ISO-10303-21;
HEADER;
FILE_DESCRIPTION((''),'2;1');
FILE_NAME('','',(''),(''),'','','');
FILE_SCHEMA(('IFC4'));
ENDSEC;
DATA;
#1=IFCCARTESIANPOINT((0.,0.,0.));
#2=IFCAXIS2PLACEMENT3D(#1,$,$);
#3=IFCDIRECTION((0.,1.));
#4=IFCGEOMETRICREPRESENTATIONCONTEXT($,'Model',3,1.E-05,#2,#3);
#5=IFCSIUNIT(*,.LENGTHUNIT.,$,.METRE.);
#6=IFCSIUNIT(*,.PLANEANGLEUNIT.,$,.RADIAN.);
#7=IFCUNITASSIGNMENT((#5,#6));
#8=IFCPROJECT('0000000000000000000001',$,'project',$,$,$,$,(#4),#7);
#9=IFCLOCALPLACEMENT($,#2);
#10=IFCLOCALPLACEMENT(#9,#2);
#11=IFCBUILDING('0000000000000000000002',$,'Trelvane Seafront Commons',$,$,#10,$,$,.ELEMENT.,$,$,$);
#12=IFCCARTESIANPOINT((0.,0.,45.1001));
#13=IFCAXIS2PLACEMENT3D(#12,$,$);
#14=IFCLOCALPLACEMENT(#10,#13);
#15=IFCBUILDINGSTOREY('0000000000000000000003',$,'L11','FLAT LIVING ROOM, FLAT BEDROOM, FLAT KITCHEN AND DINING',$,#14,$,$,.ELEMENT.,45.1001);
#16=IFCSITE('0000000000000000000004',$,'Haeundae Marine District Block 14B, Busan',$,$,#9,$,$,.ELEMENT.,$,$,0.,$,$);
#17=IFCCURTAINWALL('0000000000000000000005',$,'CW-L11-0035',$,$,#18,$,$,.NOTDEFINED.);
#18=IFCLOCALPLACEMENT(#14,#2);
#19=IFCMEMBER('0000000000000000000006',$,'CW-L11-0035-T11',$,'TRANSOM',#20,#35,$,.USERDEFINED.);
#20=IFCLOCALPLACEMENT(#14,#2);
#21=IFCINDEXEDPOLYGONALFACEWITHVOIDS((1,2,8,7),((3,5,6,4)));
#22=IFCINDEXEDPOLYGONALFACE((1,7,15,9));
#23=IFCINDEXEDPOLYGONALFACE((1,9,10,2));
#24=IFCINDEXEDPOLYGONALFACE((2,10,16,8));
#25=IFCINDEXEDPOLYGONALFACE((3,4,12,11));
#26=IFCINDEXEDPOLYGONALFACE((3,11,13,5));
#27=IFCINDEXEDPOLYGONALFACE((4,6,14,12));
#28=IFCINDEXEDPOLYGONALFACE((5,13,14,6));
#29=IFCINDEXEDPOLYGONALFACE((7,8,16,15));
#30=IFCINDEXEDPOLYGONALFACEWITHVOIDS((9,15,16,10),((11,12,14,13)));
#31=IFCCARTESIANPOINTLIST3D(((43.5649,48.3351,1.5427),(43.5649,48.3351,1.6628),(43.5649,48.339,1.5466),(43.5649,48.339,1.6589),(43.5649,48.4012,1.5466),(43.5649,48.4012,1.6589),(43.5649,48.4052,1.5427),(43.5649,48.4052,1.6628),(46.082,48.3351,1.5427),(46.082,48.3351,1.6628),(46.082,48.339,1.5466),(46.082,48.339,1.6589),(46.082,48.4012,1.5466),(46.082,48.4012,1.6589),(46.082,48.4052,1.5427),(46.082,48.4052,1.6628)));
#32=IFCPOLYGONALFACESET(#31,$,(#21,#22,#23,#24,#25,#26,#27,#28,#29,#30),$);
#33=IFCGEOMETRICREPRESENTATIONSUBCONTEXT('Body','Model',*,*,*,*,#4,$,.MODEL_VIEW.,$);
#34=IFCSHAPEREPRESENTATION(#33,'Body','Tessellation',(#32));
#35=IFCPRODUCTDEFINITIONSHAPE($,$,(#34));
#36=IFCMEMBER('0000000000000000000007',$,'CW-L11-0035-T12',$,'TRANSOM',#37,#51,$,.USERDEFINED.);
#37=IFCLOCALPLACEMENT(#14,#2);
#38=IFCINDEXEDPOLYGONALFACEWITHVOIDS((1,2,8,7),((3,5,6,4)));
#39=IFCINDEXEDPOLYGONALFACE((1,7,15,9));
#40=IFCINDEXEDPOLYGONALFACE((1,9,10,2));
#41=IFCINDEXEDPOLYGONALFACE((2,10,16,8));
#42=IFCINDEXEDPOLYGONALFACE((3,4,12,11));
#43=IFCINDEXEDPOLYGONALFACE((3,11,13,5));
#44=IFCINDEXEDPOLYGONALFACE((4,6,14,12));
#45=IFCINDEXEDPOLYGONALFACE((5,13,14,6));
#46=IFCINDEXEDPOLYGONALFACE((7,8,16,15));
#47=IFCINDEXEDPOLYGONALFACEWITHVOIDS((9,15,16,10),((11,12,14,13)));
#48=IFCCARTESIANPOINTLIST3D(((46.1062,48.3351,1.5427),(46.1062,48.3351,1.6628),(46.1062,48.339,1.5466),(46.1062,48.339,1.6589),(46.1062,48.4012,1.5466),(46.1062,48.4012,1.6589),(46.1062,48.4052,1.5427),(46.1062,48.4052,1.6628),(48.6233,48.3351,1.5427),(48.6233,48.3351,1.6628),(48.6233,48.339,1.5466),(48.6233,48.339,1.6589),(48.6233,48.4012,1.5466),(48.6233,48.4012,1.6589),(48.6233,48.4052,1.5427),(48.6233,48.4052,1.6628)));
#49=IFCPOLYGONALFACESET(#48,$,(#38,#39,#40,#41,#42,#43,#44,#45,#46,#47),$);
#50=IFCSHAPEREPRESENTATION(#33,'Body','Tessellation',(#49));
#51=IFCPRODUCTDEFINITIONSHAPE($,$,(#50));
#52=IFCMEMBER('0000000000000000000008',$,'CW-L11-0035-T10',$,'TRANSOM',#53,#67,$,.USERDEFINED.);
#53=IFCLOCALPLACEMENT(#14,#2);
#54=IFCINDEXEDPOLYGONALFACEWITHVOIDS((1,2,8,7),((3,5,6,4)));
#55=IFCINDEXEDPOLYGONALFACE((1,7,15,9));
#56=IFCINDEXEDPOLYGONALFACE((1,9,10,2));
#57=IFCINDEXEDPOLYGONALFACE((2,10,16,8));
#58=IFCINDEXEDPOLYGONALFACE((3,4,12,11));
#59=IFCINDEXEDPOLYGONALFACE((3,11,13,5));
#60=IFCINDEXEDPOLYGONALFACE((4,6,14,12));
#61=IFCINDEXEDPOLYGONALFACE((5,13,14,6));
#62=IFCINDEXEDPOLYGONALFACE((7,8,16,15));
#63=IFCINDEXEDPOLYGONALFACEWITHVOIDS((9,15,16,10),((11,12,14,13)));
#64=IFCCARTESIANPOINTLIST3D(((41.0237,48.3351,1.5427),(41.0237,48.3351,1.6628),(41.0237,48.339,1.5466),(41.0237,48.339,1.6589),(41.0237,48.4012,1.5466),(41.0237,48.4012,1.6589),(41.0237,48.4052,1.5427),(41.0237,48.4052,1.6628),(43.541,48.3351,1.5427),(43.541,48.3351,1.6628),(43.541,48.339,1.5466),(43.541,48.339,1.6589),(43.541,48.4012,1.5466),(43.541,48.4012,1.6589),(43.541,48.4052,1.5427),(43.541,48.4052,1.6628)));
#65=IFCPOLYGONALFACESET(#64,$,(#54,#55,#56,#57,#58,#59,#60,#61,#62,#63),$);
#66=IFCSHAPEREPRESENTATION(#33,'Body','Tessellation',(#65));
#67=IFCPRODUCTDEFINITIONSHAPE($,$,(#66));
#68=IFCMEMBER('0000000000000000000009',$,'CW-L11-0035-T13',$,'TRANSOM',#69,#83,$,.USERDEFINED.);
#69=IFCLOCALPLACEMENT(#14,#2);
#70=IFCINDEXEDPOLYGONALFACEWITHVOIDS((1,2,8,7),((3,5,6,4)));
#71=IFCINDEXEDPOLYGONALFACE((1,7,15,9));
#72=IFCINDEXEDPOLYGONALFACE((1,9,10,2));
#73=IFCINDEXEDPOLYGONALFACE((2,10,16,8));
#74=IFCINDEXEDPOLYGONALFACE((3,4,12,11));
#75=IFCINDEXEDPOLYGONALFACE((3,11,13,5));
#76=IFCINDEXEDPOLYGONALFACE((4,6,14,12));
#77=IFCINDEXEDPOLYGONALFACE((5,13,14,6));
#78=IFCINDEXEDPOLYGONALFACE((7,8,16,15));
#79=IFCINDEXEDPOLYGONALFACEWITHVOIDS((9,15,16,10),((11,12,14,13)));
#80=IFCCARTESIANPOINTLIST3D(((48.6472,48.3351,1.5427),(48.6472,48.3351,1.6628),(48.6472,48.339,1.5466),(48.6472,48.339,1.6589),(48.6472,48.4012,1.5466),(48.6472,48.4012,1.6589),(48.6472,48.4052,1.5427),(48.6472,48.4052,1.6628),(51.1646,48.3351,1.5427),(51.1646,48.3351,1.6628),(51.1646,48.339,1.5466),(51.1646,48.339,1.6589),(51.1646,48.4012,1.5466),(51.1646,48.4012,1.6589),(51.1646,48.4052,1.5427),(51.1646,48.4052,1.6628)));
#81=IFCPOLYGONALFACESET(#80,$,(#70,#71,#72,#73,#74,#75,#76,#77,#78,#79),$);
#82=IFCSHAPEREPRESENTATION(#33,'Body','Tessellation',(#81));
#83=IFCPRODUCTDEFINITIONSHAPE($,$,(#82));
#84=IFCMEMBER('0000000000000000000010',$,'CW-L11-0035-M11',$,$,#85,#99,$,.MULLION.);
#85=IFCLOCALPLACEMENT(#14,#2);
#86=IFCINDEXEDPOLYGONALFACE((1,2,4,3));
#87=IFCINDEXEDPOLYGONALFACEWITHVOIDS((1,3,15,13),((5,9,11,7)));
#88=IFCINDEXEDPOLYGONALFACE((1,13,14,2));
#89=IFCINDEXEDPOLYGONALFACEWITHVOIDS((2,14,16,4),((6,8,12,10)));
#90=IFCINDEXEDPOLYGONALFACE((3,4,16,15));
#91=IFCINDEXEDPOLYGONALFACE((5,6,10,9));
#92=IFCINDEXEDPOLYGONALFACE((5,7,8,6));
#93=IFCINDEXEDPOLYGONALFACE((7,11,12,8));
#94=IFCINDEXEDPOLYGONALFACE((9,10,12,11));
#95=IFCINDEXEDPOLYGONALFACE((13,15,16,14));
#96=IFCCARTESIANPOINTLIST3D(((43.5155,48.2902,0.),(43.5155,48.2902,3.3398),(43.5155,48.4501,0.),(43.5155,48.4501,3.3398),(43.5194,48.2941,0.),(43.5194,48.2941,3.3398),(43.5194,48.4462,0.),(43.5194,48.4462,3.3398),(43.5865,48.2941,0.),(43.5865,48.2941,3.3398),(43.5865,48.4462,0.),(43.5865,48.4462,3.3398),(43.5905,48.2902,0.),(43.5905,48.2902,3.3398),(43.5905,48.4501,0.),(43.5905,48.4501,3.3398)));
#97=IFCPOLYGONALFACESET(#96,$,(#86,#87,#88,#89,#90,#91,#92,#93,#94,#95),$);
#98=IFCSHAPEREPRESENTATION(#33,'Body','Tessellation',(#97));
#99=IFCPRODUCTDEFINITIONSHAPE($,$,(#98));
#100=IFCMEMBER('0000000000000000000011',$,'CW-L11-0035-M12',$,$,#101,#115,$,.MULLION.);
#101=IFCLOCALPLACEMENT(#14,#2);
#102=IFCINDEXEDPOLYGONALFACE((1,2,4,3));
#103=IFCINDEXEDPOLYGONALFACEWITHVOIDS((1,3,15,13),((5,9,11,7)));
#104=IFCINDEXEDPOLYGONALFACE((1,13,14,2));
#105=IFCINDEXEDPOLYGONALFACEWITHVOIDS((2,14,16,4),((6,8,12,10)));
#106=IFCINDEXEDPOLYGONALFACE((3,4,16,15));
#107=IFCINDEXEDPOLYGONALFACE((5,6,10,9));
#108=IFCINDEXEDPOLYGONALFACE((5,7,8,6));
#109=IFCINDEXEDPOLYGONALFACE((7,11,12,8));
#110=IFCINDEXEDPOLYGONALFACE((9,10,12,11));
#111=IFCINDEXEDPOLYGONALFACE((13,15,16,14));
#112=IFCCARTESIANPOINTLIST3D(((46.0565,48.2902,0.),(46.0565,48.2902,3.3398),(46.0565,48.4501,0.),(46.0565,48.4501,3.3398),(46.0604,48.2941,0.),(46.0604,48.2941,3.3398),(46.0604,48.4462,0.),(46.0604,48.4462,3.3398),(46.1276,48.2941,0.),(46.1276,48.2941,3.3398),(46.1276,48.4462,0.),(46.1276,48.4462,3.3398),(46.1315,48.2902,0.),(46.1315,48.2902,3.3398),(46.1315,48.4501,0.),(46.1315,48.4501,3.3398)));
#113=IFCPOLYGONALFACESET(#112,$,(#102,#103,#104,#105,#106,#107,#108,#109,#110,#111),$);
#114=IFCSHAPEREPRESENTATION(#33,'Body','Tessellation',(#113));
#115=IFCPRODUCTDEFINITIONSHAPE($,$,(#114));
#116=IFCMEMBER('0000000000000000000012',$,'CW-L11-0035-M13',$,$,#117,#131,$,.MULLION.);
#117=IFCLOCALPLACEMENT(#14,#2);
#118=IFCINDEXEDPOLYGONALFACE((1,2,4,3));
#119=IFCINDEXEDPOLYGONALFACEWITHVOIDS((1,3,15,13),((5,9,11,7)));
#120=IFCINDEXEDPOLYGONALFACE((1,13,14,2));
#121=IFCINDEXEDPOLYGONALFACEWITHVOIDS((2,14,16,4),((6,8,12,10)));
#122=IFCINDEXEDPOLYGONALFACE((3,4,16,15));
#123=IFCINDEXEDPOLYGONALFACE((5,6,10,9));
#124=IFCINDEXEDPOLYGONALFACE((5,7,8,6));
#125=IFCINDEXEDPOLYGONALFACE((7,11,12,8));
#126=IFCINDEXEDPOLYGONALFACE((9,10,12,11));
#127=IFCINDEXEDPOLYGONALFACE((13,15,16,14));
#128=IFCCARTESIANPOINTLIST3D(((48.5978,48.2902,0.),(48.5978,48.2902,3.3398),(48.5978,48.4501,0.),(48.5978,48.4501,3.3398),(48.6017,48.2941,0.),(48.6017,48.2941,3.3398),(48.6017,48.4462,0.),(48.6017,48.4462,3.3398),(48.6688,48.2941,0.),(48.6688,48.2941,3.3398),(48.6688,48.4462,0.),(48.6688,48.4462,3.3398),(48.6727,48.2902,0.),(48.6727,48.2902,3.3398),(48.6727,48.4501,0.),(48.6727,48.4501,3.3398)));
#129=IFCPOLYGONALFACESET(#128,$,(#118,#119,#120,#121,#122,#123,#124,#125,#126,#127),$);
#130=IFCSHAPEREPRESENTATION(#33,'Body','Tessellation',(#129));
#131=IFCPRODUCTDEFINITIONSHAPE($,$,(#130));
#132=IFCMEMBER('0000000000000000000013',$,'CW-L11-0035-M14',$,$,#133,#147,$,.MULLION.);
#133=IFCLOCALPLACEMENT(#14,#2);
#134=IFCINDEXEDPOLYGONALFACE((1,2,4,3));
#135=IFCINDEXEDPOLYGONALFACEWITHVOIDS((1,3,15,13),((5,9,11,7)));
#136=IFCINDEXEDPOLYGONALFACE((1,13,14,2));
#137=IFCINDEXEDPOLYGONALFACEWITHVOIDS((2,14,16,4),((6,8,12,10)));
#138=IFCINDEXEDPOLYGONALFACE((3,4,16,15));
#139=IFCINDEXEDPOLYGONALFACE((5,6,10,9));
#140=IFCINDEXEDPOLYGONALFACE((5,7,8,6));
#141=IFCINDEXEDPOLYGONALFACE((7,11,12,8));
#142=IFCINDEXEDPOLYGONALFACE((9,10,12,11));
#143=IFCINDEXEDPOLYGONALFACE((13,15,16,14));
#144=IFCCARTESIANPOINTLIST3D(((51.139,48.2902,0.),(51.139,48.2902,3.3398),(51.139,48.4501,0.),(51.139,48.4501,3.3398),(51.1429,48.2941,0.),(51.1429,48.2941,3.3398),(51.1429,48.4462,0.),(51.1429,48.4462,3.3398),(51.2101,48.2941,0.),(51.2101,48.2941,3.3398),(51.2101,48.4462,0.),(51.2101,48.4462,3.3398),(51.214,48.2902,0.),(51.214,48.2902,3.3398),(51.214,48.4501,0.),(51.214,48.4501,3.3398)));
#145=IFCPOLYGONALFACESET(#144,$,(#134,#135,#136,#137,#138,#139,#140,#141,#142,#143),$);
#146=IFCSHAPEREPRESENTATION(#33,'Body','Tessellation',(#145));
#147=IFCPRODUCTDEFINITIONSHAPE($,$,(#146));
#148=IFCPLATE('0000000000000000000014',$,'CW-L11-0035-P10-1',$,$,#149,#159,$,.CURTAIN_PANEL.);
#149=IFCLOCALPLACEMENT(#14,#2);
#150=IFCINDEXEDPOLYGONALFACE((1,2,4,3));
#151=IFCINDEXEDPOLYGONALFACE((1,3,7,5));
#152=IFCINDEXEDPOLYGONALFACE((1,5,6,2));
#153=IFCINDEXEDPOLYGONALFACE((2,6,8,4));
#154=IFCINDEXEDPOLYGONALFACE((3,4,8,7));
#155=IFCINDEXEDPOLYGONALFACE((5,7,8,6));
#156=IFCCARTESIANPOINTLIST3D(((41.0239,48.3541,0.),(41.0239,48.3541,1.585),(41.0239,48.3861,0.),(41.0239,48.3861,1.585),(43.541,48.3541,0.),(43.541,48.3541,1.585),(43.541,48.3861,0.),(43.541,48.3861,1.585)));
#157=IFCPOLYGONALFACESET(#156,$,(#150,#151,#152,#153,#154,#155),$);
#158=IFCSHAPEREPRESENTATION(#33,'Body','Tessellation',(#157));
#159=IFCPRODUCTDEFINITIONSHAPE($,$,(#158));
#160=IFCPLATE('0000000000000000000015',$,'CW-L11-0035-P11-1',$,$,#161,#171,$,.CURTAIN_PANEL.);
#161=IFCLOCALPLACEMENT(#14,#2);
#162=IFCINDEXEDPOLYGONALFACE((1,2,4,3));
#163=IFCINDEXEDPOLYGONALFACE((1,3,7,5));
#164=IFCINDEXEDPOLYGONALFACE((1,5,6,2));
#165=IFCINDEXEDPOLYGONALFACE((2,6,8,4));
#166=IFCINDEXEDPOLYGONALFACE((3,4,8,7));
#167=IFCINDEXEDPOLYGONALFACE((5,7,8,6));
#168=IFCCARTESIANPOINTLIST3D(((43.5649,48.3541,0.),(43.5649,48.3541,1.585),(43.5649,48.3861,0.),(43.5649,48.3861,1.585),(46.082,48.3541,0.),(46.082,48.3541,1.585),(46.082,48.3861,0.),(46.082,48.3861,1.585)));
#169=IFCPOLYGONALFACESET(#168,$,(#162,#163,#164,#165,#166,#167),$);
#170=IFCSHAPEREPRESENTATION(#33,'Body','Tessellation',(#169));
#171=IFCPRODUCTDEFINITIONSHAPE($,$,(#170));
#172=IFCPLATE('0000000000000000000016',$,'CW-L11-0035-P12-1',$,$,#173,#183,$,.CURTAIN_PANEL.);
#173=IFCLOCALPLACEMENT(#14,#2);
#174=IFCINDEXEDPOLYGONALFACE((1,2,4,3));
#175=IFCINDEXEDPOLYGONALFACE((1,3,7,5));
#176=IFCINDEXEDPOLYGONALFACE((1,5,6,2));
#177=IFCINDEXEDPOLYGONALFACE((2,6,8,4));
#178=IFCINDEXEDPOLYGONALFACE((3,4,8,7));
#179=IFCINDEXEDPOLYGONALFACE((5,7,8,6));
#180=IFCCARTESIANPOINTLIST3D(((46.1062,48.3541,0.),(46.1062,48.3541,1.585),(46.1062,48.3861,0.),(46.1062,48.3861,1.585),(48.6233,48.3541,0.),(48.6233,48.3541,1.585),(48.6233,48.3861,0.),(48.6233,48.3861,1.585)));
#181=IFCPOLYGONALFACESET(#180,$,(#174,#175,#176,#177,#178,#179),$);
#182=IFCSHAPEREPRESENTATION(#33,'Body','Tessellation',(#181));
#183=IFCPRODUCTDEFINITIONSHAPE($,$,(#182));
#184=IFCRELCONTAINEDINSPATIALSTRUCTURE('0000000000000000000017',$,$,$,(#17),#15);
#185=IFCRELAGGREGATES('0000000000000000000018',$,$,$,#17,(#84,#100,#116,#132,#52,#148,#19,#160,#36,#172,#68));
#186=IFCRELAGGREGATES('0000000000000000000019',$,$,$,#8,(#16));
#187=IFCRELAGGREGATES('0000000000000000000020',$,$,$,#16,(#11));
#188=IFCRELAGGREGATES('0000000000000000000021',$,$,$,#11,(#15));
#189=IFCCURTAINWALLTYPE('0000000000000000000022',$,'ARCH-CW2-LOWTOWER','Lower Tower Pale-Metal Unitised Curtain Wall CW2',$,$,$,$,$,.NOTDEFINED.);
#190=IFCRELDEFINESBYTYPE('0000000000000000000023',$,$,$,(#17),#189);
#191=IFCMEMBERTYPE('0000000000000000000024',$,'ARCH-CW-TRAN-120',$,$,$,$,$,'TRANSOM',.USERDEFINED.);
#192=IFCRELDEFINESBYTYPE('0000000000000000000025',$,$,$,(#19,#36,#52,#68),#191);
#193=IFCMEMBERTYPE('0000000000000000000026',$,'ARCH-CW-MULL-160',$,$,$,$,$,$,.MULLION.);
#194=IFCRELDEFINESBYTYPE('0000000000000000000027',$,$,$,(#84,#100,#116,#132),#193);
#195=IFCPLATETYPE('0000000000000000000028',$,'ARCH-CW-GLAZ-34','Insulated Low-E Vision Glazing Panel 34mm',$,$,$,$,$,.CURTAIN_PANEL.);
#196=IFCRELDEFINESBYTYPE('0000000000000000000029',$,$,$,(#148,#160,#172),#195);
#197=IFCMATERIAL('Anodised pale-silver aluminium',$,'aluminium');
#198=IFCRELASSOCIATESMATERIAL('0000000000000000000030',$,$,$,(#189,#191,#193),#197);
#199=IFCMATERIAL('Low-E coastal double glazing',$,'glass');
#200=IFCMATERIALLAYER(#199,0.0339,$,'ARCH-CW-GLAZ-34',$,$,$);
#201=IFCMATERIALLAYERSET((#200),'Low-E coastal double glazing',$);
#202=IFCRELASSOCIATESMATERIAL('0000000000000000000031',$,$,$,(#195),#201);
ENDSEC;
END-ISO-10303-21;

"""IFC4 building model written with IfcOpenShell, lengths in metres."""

from ifc_helpers import new_model, si_unit, direction, frame, origin, origin_2d, place, context, subcontext, project, spatial, rectangle, hollow_rectangle, extrude, source, transform, mapped, material, layer, layer_set, material_profile, profile_set, type_object, element, aggregate, save


model = new_model("IFC4")

# Units and contexts
model_context = context("Model", 3, precision=1e-05, world=origin(), true_north=direction((0.0, 1.0)))
body_context = subcontext(model_context, "Body", "Model", "MODEL_VIEW")
ifc_project = project(units=[si_unit("LENGTHUNIT", "METRE"), si_unit("PLANEANGLEUNIT", "RADIAN")], contexts=[model_context])

# Site, building, storey
site_placement = place(None, origin())
site = spatial("IfcSite", under=ifc_project, at=site_placement, Name="Haeundae Marine District Block 14B, Busan", CompositionType="ELEMENT", RefElevation=0.0)
building_placement = place(site_placement, origin())
building = spatial("IfcBuilding", under=site, at=building_placement, Name="Trelvane Seafront Commons", CompositionType="ELEMENT")
storey_placement = place(building_placement, frame((0.0, 0.0, 45.1001)))
storey = spatial("IfcBuildingStorey", under=building, at=storey_placement, Name="L11", Description="FLAT LIVING ROOM, FLAT BEDROOM, FLAT KITCHEN AND DINING", CompositionType="ELEMENT", Elevation=45.1001)

# Curtain wall, members, plates
ifc_material_1 = material(Name="Anodised pale-silver aluminium", Category="aluminium")
curtain_wall_type = type_object("IfcCurtainWallType", Name="ARCH-CW2-LOWTOWER", Description="Lower Tower Pale-Metal Unitised Curtain Wall CW2", PredefinedType="NOTDEFINED", material=ifc_material_1)
curtain_wall_placement = place(storey_placement, origin())
curtain_wall = element("IfcCurtainWall", 1, at=curtain_wall_placement, inside=storey, type_object=curtain_wall_type, Name="CW-L11-0035", PredefinedType="NOTDEFINED")
ifc_material_profile_1 = material_profile(ifc_material_1, hollow_rectangle(XDim=0.0701, YDim=0.1201, WallThickness=0.0039, at=origin_2d()), Name="TRAN-70x120x4")
ifc_profile_set_1 = profile_set([ifc_material_profile_1], Name="Anodised pale-silver aluminium")
member_type_1 = type_object("IfcMemberType", Name="ARCH-CW-TRAN-120", ElementType="TRANSOM", PredefinedType="USERDEFINED", material=ifc_profile_set_1)
shared_shape_1 = source(origin(), body_context, "Body", "SweptSolid", [
    extrude(hollow_rectangle(XDim=0.0701, YDim=0.1201, WallThickness=0.0039, at=origin_2d()), origin(), (0.0, 0.0, 1.0), 2.5171),
])
member_1_placement = place(storey_placement, frame((43.5649, 48.3701, 1.6028), z_axis=(1.0, 0.0, 0.0), x_axis=(0.0, 1.0, 0.0)))
member_1 = element("IfcMember", 2, at=member_1_placement, type_object=member_type_1, Name="CW-L11-0035-T11", ObjectType="TRANSOM", PredefinedType="USERDEFINED", context=body_context, shape_type="MappedRepresentation", body=[
    mapped(shared_shape_1, transform((0.0, 0.0, 0.0), x_axis=(1.0, 0.0, 0.0), y_axis=(0.0, 1.0, 0.0), z_axis=(0.0, 0.0, 1.0), scale=1.0)),
])
member_2_placement = place(storey_placement, frame((46.1062, 48.3701, 1.6028), z_axis=(1.0, 0.0, 0.0), x_axis=(0.0, 1.0, 0.0)))
member_2 = element("IfcMember", 3, at=member_2_placement, type_object=member_type_1, Name="CW-L11-0035-T12", ObjectType="TRANSOM", PredefinedType="USERDEFINED", context=body_context, shape_type="MappedRepresentation", body=[
    mapped(shared_shape_1, transform((0.0, 0.0, 0.0), x_axis=(1.0, 0.0, 0.0), y_axis=(0.0, 1.0, 0.0), z_axis=(0.0, 0.0, 1.0), scale=1.0)),
])
shared_shape_2 = source(origin(), body_context, "Body", "SweptSolid", [
    extrude(hollow_rectangle(XDim=0.0701, YDim=0.1201, WallThickness=0.0039, at=origin_2d()), origin(), (0.0, 0.0, 1.0), 2.5173),
])
member_3_placement = place(storey_placement, frame((41.0237, 48.3701, 1.6028), z_axis=(1.0, 0.0, 0.0), x_axis=(0.0, 1.0, 0.0)))
member_3 = element("IfcMember", 4, at=member_3_placement, type_object=member_type_1, Name="CW-L11-0035-T10", ObjectType="TRANSOM", PredefinedType="USERDEFINED", context=body_context, shape_type="MappedRepresentation", body=[
    mapped(shared_shape_2, transform((0.0, 0.0, 0.0), x_axis=(1.0, 0.0, 0.0), y_axis=(0.0, 1.0, 0.0), z_axis=(0.0, 0.0, 1.0), scale=1.0)),
])
member_4_placement = place(storey_placement, frame((48.6472, 48.3701, 1.6028), z_axis=(1.0, 0.0, 0.0), x_axis=(0.0, 1.0, 0.0)))
member_4 = element("IfcMember", 5, at=member_4_placement, type_object=member_type_1, Name="CW-L11-0035-T13", ObjectType="TRANSOM", PredefinedType="USERDEFINED", context=body_context, shape_type="MappedRepresentation", body=[
    mapped(shared_shape_2, transform((0.0, 0.0, 0.0), x_axis=(1.0, 0.0, 0.0), y_axis=(0.0, 1.0, 0.0), z_axis=(0.0, 0.0, 1.0), scale=1.0)),
])
ifc_material_profile_2 = material_profile(ifc_material_1, hollow_rectangle(XDim=0.075, YDim=0.1599, WallThickness=0.0039, at=origin_2d()), Name="MULL-75x160x4")
ifc_profile_set_2 = profile_set([ifc_material_profile_2], Name="Anodised pale-silver aluminium")
member_type_2 = type_object("IfcMemberType", Name="ARCH-CW-MULL-160", PredefinedType="MULLION", material=ifc_profile_set_2)
shared_shape_3 = source(origin(), body_context, "Body", "SweptSolid", [
    extrude(hollow_rectangle(XDim=0.075, YDim=0.1599, WallThickness=0.0039, at=origin_2d()), origin(), (0.0, 0.0, 1.0), 3.3398),
])
member_5_placement = place(storey_placement, frame((43.553, 48.3701, 0.0), z_axis=(0.0, 0.0, 1.0), x_axis=(1.0, 0.0, 0.0)))
member_5 = element("IfcMember", 6, at=member_5_placement, type_object=member_type_2, Name="CW-L11-0035-M11", PredefinedType="MULLION", context=body_context, shape_type="MappedRepresentation", body=[
    mapped(shared_shape_3, transform((0.0, 0.0, 0.0), x_axis=(1.0, 0.0, 0.0), y_axis=(0.0, 1.0, 0.0), z_axis=(0.0, 0.0, 1.0), scale=1.0)),
])
member_6_placement = place(storey_placement, frame((46.094, 48.3701, 0.0), z_axis=(0.0, 0.0, 1.0), x_axis=(1.0, 0.0, 0.0)))
member_6 = element("IfcMember", 7, at=member_6_placement, type_object=member_type_2, Name="CW-L11-0035-M12", PredefinedType="MULLION", context=body_context, shape_type="MappedRepresentation", body=[
    mapped(shared_shape_3, transform((0.0, 0.0, 0.0), x_axis=(1.0, 0.0, 0.0), y_axis=(0.0, 1.0, 0.0), z_axis=(0.0, 0.0, 1.0), scale=1.0)),
])
member_7_placement = place(storey_placement, frame((48.6353, 48.3701, 0.0), z_axis=(0.0, 0.0, 1.0), x_axis=(1.0, 0.0, 0.0)))
member_7 = element("IfcMember", 8, at=member_7_placement, type_object=member_type_2, Name="CW-L11-0035-M13", PredefinedType="MULLION", context=body_context, shape_type="MappedRepresentation", body=[
    mapped(shared_shape_3, transform((0.0, 0.0, 0.0), x_axis=(1.0, 0.0, 0.0), y_axis=(0.0, 1.0, 0.0), z_axis=(0.0, 0.0, 1.0), scale=1.0)),
])
member_8_placement = place(storey_placement, frame((51.1765, 48.3701, 0.0), z_axis=(0.0, 0.0, 1.0), x_axis=(1.0, 0.0, 0.0)))
member_8 = element("IfcMember", 9, at=member_8_placement, type_object=member_type_2, Name="CW-L11-0035-M14", PredefinedType="MULLION", context=body_context, shape_type="MappedRepresentation", body=[
    mapped(shared_shape_3, transform((0.0, 0.0, 0.0), x_axis=(1.0, 0.0, 0.0), y_axis=(0.0, 1.0, 0.0), z_axis=(0.0, 0.0, 1.0), scale=1.0)),
])
ifc_material_2 = material(Name="Low-E coastal double glazing", Category="glass")
ifc_layer_1 = layer(ifc_material_2, 0.0339, Name="ARCH-CW-GLAZ-34")
ifc_layer_set_1 = layer_set([ifc_layer_1], Name="Low-E coastal double glazing")
plate_type_1 = type_object("IfcPlateType", Name="ARCH-CW-GLAZ-34", Description="Insulated Low-E Vision Glazing Panel 34mm", PredefinedType="CURTAIN_PANEL", material=ifc_layer_set_1)
shared_shape_4 = source(origin(), body_context, "Body", "SweptSolid", [
    extrude(rectangle(XDim=2.5171, YDim=0.032, at=origin_2d()), origin(), (0.0, 0.0, 1.0), 1.585),
])
plate_1_placement = place(storey_placement, frame((42.2825, 48.3701, 0.0), z_axis=(0.0, 0.0, 1.0), x_axis=(1.0, 0.0, 0.0)))
plate_1 = element("IfcPlate", 10, at=plate_1_placement, type_object=plate_type_1, Name="CW-L11-0035-P10-1", PredefinedType="CURTAIN_PANEL", context=body_context, shape_type="MappedRepresentation", body=[
    mapped(shared_shape_4, transform((0.0, 0.0, 0.0), x_axis=(1.0, 0.0, 0.0), y_axis=(0.0, 1.0, 0.0), z_axis=(0.0, 0.0, 1.0), scale=1.0)),
])
plate_2_placement = place(storey_placement, frame((44.8235, 48.3701, 0.0), z_axis=(0.0, 0.0, 1.0), x_axis=(1.0, 0.0, 0.0)))
plate_2 = element("IfcPlate", 11, at=plate_2_placement, type_object=plate_type_1, Name="CW-L11-0035-P11-1", PredefinedType="CURTAIN_PANEL", context=body_context, shape_type="MappedRepresentation", body=[
    mapped(shared_shape_4, transform((0.0, 0.0, 0.0), x_axis=(1.0, 0.0, 0.0), y_axis=(0.0, 1.0, 0.0), z_axis=(0.0, 0.0, 1.0), scale=1.0)),
])
plate_3_placement = place(storey_placement, frame((47.3647, 48.3701, 0.0), z_axis=(0.0, 0.0, 1.0), x_axis=(1.0, 0.0, 0.0)))
plate_3 = element("IfcPlate", 12, at=plate_3_placement, type_object=plate_type_1, Name="CW-L11-0035-P12-1", PredefinedType="CURTAIN_PANEL", context=body_context, shape_type="MappedRepresentation", body=[
    mapped(shared_shape_4, transform((0.0, 0.0, 0.0), x_axis=(1.0, 0.0, 0.0), y_axis=(0.0, 1.0, 0.0), z_axis=(0.0, 0.0, 1.0), scale=1.0)),
])
aggregate(curtain_wall, [member_5, member_6, member_7, member_8, member_3, plate_1, member_1, plate_2, member_2, plate_3, member_4])

save(model, "model.ifc")
